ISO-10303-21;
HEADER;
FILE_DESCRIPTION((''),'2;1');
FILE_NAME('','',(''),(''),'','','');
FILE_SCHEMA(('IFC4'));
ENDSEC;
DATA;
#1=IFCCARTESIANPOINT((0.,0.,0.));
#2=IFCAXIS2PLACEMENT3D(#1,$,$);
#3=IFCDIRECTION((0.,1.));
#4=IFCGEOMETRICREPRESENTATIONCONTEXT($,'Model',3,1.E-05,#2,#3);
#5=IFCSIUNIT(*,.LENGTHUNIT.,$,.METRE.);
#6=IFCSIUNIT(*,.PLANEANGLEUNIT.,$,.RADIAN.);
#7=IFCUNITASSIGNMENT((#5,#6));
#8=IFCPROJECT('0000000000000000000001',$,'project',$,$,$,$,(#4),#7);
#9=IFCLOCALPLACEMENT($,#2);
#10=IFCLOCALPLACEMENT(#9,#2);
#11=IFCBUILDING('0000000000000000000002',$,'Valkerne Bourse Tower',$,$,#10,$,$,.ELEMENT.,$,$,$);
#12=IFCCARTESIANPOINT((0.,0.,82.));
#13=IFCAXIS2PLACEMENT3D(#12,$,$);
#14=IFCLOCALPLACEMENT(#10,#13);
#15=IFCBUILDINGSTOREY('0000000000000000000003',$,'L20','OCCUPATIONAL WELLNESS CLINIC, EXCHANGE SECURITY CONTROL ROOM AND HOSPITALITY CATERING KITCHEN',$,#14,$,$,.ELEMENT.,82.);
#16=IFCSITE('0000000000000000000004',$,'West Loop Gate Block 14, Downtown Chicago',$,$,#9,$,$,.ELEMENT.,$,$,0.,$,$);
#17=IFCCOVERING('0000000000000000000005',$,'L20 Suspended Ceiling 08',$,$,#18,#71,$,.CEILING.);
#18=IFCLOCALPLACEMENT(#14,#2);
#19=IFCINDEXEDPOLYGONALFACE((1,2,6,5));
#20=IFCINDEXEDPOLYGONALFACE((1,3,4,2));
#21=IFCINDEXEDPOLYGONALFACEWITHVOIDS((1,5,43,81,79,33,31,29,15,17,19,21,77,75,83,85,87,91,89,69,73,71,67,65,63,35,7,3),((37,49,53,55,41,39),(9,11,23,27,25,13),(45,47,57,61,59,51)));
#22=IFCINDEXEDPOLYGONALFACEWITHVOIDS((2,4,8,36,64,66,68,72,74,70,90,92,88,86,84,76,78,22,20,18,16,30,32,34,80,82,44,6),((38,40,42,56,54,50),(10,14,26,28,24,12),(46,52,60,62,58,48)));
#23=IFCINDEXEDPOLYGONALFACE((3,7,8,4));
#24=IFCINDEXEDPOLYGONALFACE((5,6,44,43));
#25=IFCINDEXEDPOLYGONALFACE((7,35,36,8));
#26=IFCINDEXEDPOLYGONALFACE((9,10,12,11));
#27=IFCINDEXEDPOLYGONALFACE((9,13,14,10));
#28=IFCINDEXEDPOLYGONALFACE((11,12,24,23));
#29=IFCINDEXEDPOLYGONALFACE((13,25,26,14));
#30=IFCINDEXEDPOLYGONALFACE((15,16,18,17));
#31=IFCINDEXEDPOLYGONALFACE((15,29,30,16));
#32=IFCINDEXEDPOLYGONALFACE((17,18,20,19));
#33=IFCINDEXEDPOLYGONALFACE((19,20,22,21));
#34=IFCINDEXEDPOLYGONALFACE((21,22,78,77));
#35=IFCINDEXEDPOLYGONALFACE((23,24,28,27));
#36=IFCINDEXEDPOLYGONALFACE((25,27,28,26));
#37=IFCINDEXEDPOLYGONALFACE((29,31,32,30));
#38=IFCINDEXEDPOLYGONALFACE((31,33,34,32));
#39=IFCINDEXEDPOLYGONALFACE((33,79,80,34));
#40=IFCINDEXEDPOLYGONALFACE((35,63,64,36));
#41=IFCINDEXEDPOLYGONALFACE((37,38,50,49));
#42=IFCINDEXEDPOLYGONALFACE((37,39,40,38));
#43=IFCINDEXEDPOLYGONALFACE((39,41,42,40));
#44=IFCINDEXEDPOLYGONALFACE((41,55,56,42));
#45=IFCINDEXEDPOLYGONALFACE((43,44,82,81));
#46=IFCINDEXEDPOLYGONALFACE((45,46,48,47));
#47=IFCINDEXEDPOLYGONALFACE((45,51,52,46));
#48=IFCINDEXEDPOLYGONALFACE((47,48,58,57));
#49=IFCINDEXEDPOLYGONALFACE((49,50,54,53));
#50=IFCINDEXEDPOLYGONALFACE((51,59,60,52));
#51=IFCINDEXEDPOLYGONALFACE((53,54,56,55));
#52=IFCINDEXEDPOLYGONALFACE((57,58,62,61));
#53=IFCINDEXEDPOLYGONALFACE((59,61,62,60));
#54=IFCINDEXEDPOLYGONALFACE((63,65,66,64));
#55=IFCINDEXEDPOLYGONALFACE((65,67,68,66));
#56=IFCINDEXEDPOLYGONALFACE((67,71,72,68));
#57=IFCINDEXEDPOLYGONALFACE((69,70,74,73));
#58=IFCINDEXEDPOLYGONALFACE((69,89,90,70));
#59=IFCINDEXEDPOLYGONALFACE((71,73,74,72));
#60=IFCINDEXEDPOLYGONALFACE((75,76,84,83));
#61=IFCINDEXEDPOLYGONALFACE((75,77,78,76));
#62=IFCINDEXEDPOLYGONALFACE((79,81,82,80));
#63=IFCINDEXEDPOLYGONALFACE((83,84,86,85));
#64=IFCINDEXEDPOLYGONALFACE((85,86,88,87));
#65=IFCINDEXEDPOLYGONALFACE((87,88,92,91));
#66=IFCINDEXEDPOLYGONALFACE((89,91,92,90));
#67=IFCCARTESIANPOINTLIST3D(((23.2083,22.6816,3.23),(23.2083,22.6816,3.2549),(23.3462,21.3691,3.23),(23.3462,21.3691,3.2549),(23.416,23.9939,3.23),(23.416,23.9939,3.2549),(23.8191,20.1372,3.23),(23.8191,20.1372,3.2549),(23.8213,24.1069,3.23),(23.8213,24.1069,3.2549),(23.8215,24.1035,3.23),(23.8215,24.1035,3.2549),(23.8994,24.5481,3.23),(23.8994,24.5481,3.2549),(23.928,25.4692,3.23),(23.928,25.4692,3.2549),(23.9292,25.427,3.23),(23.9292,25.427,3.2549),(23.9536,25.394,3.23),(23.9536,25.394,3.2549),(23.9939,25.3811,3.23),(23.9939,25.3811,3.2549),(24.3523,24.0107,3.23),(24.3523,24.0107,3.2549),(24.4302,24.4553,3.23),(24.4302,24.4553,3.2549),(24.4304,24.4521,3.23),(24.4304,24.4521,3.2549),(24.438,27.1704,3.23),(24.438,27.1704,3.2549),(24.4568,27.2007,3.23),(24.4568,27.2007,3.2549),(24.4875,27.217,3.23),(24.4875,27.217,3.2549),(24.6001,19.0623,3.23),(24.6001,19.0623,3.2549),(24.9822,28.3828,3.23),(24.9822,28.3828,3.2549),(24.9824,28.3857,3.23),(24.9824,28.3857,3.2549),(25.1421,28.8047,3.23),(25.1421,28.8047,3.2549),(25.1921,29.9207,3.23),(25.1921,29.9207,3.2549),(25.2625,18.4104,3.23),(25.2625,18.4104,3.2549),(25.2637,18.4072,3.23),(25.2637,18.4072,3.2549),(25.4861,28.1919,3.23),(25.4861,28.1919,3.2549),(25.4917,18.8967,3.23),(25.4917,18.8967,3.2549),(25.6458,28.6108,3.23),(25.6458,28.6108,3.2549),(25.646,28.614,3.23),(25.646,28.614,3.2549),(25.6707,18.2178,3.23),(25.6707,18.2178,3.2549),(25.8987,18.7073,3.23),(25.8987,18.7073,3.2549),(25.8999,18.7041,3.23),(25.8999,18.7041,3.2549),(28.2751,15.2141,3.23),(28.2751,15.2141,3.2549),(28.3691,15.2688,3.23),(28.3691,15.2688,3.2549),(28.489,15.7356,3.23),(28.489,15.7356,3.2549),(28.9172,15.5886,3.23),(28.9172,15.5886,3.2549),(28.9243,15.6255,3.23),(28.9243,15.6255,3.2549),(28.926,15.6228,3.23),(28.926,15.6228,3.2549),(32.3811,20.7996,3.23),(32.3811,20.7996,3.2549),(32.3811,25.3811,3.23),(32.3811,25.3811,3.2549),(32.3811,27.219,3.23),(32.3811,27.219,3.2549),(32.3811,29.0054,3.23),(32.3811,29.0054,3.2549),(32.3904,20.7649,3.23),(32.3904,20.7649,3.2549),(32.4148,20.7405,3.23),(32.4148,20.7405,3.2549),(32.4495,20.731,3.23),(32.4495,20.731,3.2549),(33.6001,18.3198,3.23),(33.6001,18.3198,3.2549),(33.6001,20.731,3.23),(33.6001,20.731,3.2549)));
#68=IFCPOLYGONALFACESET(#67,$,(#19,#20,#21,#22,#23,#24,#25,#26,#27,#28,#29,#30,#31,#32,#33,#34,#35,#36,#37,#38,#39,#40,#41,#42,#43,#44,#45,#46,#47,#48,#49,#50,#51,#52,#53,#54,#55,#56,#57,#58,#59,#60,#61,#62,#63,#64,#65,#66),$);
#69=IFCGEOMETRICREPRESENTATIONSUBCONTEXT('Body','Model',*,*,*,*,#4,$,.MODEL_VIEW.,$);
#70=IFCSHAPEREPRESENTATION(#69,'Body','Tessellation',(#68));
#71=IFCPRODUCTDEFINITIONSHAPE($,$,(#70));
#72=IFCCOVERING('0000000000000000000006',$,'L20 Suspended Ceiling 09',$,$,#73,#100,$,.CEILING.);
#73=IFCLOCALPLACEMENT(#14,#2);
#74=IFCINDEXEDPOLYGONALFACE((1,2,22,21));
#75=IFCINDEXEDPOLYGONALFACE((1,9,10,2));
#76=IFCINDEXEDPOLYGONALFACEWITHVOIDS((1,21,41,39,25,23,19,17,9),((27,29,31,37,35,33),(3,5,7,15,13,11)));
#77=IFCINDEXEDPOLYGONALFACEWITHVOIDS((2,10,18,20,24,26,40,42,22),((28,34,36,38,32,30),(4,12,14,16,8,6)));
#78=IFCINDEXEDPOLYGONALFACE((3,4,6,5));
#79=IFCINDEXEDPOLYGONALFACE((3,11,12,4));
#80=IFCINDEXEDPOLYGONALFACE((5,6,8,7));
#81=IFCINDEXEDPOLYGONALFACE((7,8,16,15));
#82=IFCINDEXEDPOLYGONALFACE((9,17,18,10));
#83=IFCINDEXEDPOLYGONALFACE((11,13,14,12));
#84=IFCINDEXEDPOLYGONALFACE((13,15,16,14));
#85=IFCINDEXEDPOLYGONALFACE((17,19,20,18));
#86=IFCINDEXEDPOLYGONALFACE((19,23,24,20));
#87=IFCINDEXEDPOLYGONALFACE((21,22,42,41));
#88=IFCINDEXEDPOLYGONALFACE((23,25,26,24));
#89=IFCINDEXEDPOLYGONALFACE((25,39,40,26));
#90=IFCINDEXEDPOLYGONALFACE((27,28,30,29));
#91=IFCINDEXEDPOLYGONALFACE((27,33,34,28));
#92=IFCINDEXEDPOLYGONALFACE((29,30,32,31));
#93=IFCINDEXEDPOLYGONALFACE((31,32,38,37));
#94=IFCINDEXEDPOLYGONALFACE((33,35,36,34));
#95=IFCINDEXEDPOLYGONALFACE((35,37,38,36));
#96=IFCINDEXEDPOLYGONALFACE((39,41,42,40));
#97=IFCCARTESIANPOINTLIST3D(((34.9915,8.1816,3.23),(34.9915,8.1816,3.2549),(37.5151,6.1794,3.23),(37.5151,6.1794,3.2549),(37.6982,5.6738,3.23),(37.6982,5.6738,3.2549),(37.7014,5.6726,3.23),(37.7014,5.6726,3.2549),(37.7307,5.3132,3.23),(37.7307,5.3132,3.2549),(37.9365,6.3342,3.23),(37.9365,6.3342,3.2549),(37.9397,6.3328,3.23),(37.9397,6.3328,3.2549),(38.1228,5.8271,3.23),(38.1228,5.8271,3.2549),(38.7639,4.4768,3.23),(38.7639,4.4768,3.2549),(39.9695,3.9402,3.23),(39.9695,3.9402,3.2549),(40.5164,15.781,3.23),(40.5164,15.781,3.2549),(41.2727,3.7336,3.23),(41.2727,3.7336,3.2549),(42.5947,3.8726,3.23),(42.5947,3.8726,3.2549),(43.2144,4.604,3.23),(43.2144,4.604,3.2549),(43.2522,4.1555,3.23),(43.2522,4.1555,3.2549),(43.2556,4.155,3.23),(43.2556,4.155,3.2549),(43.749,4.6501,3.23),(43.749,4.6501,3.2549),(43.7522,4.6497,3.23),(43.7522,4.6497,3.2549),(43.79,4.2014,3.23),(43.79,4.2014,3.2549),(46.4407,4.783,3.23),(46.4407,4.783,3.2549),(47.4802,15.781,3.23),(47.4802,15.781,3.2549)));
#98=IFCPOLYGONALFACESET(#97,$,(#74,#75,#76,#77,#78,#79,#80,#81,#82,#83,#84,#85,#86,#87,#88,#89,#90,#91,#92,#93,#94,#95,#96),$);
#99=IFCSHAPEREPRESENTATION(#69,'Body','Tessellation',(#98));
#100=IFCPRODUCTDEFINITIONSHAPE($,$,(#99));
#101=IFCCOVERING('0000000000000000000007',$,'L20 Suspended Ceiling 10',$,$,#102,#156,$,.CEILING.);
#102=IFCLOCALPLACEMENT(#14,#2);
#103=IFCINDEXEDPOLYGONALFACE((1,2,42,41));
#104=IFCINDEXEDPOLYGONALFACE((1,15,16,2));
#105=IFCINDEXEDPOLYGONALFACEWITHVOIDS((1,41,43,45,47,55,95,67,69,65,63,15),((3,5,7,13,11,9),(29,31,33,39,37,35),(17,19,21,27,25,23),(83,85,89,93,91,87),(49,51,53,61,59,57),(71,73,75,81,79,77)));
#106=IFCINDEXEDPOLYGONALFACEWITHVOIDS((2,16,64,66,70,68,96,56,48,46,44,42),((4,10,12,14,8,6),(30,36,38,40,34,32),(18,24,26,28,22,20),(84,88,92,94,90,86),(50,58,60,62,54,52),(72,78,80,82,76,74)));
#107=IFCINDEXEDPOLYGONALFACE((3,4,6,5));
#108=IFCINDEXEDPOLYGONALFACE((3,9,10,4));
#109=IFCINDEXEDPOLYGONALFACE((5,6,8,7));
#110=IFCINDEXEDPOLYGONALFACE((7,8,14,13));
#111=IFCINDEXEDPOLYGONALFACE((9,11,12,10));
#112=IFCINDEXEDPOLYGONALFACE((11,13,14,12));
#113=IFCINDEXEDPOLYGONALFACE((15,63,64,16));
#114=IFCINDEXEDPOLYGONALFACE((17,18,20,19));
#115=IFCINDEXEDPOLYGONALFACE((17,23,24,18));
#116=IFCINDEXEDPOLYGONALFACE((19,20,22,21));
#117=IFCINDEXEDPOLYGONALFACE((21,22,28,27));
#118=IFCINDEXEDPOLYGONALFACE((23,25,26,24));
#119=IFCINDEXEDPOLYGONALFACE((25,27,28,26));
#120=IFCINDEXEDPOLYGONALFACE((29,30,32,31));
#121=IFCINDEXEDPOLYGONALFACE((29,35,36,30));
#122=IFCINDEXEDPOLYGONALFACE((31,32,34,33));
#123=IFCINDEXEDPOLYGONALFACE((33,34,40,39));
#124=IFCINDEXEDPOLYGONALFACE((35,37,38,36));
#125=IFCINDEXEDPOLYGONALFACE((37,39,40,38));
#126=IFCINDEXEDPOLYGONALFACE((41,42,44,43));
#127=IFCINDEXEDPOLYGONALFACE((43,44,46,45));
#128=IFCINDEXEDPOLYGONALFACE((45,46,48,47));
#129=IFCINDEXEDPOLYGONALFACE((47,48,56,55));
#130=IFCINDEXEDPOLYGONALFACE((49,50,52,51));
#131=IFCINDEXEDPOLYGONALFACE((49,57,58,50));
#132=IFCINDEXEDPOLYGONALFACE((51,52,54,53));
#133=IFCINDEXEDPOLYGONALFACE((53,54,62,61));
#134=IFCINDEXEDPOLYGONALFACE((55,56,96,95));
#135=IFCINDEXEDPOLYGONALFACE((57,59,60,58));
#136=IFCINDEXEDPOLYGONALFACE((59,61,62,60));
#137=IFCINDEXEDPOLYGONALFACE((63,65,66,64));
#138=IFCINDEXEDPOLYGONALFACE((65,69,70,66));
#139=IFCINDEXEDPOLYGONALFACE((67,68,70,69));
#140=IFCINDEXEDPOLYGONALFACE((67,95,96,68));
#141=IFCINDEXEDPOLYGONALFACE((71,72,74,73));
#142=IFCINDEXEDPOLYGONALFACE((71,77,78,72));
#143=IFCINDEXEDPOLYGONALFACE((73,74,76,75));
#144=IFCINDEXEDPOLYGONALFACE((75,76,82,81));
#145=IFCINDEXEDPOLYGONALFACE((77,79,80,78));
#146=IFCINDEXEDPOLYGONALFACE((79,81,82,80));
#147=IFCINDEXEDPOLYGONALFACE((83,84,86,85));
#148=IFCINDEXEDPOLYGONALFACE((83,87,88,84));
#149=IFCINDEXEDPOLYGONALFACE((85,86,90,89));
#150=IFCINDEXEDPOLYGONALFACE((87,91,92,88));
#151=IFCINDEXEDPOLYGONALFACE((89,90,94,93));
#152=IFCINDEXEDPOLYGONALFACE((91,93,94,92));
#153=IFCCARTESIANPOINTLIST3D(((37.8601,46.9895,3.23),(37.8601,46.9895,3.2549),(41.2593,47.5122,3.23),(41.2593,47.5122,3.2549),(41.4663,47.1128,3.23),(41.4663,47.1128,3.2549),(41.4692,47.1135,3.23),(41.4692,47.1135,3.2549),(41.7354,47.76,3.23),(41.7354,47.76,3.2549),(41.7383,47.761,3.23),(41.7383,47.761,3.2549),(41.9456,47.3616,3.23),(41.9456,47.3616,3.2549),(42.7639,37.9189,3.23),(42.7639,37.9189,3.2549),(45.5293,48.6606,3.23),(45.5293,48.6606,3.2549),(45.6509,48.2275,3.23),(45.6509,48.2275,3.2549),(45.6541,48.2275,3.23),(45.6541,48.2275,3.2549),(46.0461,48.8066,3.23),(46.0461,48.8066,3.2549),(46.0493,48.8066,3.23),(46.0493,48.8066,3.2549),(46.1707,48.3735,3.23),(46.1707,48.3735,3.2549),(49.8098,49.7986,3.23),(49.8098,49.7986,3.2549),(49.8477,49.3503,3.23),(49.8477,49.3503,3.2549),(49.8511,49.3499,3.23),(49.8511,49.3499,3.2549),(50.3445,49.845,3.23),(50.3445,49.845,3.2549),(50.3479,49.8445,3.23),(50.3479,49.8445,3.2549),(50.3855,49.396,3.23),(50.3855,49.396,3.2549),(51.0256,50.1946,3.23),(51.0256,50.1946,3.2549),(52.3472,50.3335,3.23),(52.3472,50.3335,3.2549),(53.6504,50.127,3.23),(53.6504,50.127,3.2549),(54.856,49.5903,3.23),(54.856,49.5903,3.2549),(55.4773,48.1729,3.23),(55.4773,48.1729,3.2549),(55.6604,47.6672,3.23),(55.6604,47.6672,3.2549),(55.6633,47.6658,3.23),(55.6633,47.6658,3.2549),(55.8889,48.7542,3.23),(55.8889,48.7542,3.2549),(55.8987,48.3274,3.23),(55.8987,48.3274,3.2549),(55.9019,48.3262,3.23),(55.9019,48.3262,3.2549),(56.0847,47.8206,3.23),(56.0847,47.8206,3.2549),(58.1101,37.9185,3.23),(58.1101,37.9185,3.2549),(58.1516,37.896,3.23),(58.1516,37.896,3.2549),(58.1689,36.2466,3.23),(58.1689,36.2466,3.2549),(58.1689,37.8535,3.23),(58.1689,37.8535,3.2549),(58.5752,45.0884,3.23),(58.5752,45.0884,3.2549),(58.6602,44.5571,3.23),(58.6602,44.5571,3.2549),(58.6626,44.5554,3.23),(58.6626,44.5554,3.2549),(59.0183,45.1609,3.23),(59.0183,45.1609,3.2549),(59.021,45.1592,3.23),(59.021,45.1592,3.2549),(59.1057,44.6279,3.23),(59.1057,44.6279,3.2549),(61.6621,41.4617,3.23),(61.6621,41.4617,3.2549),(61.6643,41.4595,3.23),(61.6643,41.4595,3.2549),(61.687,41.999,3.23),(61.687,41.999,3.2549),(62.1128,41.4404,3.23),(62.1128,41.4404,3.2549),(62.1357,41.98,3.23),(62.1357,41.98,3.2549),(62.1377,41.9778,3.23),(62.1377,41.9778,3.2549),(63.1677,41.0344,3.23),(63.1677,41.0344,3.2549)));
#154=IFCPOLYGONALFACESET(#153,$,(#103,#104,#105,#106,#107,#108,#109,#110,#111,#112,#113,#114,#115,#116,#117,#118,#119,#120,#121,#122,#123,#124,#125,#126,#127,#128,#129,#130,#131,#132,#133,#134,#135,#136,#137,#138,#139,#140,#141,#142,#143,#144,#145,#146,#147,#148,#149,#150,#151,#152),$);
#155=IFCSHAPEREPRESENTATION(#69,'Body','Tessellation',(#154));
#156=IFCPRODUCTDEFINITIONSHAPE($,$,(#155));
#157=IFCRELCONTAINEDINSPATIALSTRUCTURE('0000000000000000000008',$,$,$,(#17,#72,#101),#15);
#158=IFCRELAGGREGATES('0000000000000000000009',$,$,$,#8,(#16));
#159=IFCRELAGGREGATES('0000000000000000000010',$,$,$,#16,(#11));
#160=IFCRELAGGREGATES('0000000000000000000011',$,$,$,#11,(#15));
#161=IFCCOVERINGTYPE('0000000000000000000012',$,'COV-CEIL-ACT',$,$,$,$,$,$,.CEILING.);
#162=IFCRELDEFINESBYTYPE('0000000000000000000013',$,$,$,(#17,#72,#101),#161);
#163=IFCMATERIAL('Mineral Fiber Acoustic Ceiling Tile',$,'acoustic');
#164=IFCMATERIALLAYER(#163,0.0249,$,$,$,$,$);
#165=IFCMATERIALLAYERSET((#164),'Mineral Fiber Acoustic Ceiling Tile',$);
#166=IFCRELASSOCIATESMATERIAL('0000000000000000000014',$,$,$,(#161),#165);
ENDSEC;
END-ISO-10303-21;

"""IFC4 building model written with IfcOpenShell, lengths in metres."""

from ifc_helpers import new_model, si_unit, direction, frame, origin, place, context, subcontext, project, spatial, polyline, outline, extrude, material, layer, layer_set, type_object, element, save


model = new_model("IFC4")

# Units and contexts
model_context = context("Model", 3, precision=1e-05, world=origin(), true_north=direction((0.0, 1.0)))
body_context = subcontext(model_context, "Body", "Model", "MODEL_VIEW")
ifc_project = project(units=[si_unit("LENGTHUNIT", "METRE"), si_unit("PLANEANGLEUNIT", "RADIAN")], contexts=[model_context])

# Site, building, storey
site_placement = place(None, origin())
site = spatial("IfcSite", under=ifc_project, at=site_placement, Name="West Loop Gate Block 14, Downtown Chicago", CompositionType="ELEMENT", RefElevation=0.0)
building_placement = place(site_placement, origin())
building = spatial("IfcBuilding", under=site, at=building_placement, Name="Valkerne Bourse Tower", CompositionType="ELEMENT")
storey_placement = place(building_placement, frame((0.0, 0.0, 82.0)))
storey = spatial("IfcBuildingStorey", under=building, at=storey_placement, Name="L20", Description="OCCUPATIONAL WELLNESS CLINIC, EXCHANGE SECURITY CONTROL ROOM AND HOSPITALITY CATERING KITCHEN", CompositionType="ELEMENT", Elevation=82.0)

# Coverings
ifc_material_1 = material(Name="Mineral Fiber Acoustic Ceiling Tile", Category="acoustic")
ifc_layer_1 = layer(ifc_material_1, 0.0249)
ifc_layer_set_1 = layer_set([ifc_layer_1], Name="Mineral Fiber Acoustic Ceiling Tile")
covering_type_1 = type_object("IfcCoveringType", Name="COV-CEIL-ACT", PredefinedType="CEILING", material=ifc_layer_set_1)
covering_1_placement = place(storey_placement, frame((0.0, 0.0, 3.23)))
element("IfcCovering", 1, at=covering_1_placement, inside=storey, type_object=covering_type_1, Name="L20 Suspended Ceiling 08", PredefinedType="CEILING", context=body_context, shape_type="SweptSolid", body=[
    extrude(outline(polyline([(23.3462, 21.3691), (23.2083, 22.6816), (23.416, 23.9939), (25.1921, 29.9207), (32.3811, 29.0054), (32.3811, 27.219), (24.4875, 27.217), (24.4568, 27.2007), (24.438, 27.1704), (23.928, 25.4692), (23.9292, 25.427), (23.9536, 25.394), (23.9939, 25.3811), (32.3811, 25.3811), (32.3811, 20.7996), (32.3904, 20.7649), (32.4148, 20.7405), (32.4495, 20.731), (33.6001, 20.731), (33.6001, 18.3198), (28.9172, 15.5886), (28.926, 15.6228), (28.9243, 15.6255), (28.489, 15.7356), (28.3691, 15.2688), (28.2751, 15.2141), (24.6001, 19.0623), (23.8191, 20.1372), (23.3462, 21.3691)]), holes=[polyline([(25.8999, 18.7041), (25.8987, 18.7073), (25.4917, 18.8967), (25.2625, 18.4104), (25.2637, 18.4072), (25.6707, 18.2178), (25.8999, 18.7041)]), polyline([(24.4302, 24.4553), (23.8994, 24.5481), (23.8213, 24.1069), (23.8215, 24.1035), (24.3523, 24.0107), (24.4304, 24.4521), (24.4302, 24.4553)]), polyline([(25.646, 28.614), (25.1421, 28.8047), (24.9824, 28.3857), (24.9822, 28.3828), (25.4861, 28.1919), (25.6458, 28.6108), (25.646, 28.614)])]), origin(), (0.0, 0.0, 1.0), 0.0249),
])
covering_2_placement = place(storey_placement, frame((0.0, 0.0, 3.23)))
element("IfcCovering", 2, at=covering_2_placement, inside=storey, type_object=covering_type_1, Name="L20 Suspended Ceiling 09", PredefinedType="CEILING", context=body_context, shape_type="SweptSolid", body=[
    extrude(outline(polyline([(39.9695, 3.9402), (38.7639, 4.4768), (37.7307, 5.3132), (34.9915, 8.1816), (40.5164, 15.781), (47.4802, 15.781), (46.4407, 4.783), (42.5947, 3.8726), (41.2727, 3.7336), (39.9695, 3.9402)]), holes=[polyline([(43.79, 4.2014), (43.7522, 4.6497), (43.749, 4.6501), (43.2144, 4.604), (43.2522, 4.1555), (43.2556, 4.155), (43.79, 4.2014)]), polyline([(37.9397, 6.3328), (37.9365, 6.3342), (37.5151, 6.1794), (37.6982, 5.6738), (37.7014, 5.6726), (38.1228, 5.8271), (37.9397, 6.3328)])]), origin(), (0.0, 0.0, 1.0), 0.0249),
])
covering_3_placement = place(storey_placement, frame((0.0, 0.0, 3.23)))
element("IfcCovering", 3, at=covering_3_placement, inside=storey, type_object=covering_type_1, Name="L20 Suspended Ceiling 10", PredefinedType="CEILING", context=body_context, shape_type="SweptSolid", body=[
    extrude(outline(polyline([(53.6504, 50.127), (54.856, 49.5903), (55.8889, 48.7542), (63.1677, 41.0344), (58.1689, 36.2466), (58.1689, 37.8535), (58.1516, 37.896), (58.1101, 37.9185), (42.7639, 37.9189), (37.8601, 46.9895), (51.0256, 50.1946), (52.3472, 50.3335), (53.6504, 50.127)]), holes=[polyline([(41.9456, 47.3616), (41.7383, 47.761), (41.7354, 47.76), (41.2593, 47.5122), (41.4663, 47.1128), (41.4692, 47.1135), (41.9456, 47.3616)]), polyline([(46.1707, 48.3735), (46.0493, 48.8066), (46.0461, 48.8066), (45.5293, 48.6606), (45.6509, 48.2275), (45.6541, 48.2275), (46.1707, 48.3735)]), polyline([(50.3479, 49.8445), (50.3445, 49.845), (49.8098, 49.7986), (49.8477, 49.3503), (49.8511, 49.3499), (50.3855, 49.396), (50.3479, 49.8445)]), polyline([(62.1377, 41.9778), (62.1357, 41.98), (61.687, 41.999), (61.6621, 41.4617), (61.6643, 41.4595), (62.1128, 41.4404), (62.1377, 41.9778)]), polyline([(59.021, 45.1592), (59.0183, 45.1609), (58.5752, 45.0884), (58.6602, 44.5571), (58.6626, 44.5554), (59.1057, 44.6279), (59.021, 45.1592)]), polyline([(56.0847, 47.8206), (55.9019, 48.3262), (55.8987, 48.3274), (55.4773, 48.1729), (55.6604, 47.6672), (55.6633, 47.6658), (56.0847, 47.8206)])]), origin(), (0.0, 0.0, 1.0), 0.0249),
])

save(model, "model.ifc")
